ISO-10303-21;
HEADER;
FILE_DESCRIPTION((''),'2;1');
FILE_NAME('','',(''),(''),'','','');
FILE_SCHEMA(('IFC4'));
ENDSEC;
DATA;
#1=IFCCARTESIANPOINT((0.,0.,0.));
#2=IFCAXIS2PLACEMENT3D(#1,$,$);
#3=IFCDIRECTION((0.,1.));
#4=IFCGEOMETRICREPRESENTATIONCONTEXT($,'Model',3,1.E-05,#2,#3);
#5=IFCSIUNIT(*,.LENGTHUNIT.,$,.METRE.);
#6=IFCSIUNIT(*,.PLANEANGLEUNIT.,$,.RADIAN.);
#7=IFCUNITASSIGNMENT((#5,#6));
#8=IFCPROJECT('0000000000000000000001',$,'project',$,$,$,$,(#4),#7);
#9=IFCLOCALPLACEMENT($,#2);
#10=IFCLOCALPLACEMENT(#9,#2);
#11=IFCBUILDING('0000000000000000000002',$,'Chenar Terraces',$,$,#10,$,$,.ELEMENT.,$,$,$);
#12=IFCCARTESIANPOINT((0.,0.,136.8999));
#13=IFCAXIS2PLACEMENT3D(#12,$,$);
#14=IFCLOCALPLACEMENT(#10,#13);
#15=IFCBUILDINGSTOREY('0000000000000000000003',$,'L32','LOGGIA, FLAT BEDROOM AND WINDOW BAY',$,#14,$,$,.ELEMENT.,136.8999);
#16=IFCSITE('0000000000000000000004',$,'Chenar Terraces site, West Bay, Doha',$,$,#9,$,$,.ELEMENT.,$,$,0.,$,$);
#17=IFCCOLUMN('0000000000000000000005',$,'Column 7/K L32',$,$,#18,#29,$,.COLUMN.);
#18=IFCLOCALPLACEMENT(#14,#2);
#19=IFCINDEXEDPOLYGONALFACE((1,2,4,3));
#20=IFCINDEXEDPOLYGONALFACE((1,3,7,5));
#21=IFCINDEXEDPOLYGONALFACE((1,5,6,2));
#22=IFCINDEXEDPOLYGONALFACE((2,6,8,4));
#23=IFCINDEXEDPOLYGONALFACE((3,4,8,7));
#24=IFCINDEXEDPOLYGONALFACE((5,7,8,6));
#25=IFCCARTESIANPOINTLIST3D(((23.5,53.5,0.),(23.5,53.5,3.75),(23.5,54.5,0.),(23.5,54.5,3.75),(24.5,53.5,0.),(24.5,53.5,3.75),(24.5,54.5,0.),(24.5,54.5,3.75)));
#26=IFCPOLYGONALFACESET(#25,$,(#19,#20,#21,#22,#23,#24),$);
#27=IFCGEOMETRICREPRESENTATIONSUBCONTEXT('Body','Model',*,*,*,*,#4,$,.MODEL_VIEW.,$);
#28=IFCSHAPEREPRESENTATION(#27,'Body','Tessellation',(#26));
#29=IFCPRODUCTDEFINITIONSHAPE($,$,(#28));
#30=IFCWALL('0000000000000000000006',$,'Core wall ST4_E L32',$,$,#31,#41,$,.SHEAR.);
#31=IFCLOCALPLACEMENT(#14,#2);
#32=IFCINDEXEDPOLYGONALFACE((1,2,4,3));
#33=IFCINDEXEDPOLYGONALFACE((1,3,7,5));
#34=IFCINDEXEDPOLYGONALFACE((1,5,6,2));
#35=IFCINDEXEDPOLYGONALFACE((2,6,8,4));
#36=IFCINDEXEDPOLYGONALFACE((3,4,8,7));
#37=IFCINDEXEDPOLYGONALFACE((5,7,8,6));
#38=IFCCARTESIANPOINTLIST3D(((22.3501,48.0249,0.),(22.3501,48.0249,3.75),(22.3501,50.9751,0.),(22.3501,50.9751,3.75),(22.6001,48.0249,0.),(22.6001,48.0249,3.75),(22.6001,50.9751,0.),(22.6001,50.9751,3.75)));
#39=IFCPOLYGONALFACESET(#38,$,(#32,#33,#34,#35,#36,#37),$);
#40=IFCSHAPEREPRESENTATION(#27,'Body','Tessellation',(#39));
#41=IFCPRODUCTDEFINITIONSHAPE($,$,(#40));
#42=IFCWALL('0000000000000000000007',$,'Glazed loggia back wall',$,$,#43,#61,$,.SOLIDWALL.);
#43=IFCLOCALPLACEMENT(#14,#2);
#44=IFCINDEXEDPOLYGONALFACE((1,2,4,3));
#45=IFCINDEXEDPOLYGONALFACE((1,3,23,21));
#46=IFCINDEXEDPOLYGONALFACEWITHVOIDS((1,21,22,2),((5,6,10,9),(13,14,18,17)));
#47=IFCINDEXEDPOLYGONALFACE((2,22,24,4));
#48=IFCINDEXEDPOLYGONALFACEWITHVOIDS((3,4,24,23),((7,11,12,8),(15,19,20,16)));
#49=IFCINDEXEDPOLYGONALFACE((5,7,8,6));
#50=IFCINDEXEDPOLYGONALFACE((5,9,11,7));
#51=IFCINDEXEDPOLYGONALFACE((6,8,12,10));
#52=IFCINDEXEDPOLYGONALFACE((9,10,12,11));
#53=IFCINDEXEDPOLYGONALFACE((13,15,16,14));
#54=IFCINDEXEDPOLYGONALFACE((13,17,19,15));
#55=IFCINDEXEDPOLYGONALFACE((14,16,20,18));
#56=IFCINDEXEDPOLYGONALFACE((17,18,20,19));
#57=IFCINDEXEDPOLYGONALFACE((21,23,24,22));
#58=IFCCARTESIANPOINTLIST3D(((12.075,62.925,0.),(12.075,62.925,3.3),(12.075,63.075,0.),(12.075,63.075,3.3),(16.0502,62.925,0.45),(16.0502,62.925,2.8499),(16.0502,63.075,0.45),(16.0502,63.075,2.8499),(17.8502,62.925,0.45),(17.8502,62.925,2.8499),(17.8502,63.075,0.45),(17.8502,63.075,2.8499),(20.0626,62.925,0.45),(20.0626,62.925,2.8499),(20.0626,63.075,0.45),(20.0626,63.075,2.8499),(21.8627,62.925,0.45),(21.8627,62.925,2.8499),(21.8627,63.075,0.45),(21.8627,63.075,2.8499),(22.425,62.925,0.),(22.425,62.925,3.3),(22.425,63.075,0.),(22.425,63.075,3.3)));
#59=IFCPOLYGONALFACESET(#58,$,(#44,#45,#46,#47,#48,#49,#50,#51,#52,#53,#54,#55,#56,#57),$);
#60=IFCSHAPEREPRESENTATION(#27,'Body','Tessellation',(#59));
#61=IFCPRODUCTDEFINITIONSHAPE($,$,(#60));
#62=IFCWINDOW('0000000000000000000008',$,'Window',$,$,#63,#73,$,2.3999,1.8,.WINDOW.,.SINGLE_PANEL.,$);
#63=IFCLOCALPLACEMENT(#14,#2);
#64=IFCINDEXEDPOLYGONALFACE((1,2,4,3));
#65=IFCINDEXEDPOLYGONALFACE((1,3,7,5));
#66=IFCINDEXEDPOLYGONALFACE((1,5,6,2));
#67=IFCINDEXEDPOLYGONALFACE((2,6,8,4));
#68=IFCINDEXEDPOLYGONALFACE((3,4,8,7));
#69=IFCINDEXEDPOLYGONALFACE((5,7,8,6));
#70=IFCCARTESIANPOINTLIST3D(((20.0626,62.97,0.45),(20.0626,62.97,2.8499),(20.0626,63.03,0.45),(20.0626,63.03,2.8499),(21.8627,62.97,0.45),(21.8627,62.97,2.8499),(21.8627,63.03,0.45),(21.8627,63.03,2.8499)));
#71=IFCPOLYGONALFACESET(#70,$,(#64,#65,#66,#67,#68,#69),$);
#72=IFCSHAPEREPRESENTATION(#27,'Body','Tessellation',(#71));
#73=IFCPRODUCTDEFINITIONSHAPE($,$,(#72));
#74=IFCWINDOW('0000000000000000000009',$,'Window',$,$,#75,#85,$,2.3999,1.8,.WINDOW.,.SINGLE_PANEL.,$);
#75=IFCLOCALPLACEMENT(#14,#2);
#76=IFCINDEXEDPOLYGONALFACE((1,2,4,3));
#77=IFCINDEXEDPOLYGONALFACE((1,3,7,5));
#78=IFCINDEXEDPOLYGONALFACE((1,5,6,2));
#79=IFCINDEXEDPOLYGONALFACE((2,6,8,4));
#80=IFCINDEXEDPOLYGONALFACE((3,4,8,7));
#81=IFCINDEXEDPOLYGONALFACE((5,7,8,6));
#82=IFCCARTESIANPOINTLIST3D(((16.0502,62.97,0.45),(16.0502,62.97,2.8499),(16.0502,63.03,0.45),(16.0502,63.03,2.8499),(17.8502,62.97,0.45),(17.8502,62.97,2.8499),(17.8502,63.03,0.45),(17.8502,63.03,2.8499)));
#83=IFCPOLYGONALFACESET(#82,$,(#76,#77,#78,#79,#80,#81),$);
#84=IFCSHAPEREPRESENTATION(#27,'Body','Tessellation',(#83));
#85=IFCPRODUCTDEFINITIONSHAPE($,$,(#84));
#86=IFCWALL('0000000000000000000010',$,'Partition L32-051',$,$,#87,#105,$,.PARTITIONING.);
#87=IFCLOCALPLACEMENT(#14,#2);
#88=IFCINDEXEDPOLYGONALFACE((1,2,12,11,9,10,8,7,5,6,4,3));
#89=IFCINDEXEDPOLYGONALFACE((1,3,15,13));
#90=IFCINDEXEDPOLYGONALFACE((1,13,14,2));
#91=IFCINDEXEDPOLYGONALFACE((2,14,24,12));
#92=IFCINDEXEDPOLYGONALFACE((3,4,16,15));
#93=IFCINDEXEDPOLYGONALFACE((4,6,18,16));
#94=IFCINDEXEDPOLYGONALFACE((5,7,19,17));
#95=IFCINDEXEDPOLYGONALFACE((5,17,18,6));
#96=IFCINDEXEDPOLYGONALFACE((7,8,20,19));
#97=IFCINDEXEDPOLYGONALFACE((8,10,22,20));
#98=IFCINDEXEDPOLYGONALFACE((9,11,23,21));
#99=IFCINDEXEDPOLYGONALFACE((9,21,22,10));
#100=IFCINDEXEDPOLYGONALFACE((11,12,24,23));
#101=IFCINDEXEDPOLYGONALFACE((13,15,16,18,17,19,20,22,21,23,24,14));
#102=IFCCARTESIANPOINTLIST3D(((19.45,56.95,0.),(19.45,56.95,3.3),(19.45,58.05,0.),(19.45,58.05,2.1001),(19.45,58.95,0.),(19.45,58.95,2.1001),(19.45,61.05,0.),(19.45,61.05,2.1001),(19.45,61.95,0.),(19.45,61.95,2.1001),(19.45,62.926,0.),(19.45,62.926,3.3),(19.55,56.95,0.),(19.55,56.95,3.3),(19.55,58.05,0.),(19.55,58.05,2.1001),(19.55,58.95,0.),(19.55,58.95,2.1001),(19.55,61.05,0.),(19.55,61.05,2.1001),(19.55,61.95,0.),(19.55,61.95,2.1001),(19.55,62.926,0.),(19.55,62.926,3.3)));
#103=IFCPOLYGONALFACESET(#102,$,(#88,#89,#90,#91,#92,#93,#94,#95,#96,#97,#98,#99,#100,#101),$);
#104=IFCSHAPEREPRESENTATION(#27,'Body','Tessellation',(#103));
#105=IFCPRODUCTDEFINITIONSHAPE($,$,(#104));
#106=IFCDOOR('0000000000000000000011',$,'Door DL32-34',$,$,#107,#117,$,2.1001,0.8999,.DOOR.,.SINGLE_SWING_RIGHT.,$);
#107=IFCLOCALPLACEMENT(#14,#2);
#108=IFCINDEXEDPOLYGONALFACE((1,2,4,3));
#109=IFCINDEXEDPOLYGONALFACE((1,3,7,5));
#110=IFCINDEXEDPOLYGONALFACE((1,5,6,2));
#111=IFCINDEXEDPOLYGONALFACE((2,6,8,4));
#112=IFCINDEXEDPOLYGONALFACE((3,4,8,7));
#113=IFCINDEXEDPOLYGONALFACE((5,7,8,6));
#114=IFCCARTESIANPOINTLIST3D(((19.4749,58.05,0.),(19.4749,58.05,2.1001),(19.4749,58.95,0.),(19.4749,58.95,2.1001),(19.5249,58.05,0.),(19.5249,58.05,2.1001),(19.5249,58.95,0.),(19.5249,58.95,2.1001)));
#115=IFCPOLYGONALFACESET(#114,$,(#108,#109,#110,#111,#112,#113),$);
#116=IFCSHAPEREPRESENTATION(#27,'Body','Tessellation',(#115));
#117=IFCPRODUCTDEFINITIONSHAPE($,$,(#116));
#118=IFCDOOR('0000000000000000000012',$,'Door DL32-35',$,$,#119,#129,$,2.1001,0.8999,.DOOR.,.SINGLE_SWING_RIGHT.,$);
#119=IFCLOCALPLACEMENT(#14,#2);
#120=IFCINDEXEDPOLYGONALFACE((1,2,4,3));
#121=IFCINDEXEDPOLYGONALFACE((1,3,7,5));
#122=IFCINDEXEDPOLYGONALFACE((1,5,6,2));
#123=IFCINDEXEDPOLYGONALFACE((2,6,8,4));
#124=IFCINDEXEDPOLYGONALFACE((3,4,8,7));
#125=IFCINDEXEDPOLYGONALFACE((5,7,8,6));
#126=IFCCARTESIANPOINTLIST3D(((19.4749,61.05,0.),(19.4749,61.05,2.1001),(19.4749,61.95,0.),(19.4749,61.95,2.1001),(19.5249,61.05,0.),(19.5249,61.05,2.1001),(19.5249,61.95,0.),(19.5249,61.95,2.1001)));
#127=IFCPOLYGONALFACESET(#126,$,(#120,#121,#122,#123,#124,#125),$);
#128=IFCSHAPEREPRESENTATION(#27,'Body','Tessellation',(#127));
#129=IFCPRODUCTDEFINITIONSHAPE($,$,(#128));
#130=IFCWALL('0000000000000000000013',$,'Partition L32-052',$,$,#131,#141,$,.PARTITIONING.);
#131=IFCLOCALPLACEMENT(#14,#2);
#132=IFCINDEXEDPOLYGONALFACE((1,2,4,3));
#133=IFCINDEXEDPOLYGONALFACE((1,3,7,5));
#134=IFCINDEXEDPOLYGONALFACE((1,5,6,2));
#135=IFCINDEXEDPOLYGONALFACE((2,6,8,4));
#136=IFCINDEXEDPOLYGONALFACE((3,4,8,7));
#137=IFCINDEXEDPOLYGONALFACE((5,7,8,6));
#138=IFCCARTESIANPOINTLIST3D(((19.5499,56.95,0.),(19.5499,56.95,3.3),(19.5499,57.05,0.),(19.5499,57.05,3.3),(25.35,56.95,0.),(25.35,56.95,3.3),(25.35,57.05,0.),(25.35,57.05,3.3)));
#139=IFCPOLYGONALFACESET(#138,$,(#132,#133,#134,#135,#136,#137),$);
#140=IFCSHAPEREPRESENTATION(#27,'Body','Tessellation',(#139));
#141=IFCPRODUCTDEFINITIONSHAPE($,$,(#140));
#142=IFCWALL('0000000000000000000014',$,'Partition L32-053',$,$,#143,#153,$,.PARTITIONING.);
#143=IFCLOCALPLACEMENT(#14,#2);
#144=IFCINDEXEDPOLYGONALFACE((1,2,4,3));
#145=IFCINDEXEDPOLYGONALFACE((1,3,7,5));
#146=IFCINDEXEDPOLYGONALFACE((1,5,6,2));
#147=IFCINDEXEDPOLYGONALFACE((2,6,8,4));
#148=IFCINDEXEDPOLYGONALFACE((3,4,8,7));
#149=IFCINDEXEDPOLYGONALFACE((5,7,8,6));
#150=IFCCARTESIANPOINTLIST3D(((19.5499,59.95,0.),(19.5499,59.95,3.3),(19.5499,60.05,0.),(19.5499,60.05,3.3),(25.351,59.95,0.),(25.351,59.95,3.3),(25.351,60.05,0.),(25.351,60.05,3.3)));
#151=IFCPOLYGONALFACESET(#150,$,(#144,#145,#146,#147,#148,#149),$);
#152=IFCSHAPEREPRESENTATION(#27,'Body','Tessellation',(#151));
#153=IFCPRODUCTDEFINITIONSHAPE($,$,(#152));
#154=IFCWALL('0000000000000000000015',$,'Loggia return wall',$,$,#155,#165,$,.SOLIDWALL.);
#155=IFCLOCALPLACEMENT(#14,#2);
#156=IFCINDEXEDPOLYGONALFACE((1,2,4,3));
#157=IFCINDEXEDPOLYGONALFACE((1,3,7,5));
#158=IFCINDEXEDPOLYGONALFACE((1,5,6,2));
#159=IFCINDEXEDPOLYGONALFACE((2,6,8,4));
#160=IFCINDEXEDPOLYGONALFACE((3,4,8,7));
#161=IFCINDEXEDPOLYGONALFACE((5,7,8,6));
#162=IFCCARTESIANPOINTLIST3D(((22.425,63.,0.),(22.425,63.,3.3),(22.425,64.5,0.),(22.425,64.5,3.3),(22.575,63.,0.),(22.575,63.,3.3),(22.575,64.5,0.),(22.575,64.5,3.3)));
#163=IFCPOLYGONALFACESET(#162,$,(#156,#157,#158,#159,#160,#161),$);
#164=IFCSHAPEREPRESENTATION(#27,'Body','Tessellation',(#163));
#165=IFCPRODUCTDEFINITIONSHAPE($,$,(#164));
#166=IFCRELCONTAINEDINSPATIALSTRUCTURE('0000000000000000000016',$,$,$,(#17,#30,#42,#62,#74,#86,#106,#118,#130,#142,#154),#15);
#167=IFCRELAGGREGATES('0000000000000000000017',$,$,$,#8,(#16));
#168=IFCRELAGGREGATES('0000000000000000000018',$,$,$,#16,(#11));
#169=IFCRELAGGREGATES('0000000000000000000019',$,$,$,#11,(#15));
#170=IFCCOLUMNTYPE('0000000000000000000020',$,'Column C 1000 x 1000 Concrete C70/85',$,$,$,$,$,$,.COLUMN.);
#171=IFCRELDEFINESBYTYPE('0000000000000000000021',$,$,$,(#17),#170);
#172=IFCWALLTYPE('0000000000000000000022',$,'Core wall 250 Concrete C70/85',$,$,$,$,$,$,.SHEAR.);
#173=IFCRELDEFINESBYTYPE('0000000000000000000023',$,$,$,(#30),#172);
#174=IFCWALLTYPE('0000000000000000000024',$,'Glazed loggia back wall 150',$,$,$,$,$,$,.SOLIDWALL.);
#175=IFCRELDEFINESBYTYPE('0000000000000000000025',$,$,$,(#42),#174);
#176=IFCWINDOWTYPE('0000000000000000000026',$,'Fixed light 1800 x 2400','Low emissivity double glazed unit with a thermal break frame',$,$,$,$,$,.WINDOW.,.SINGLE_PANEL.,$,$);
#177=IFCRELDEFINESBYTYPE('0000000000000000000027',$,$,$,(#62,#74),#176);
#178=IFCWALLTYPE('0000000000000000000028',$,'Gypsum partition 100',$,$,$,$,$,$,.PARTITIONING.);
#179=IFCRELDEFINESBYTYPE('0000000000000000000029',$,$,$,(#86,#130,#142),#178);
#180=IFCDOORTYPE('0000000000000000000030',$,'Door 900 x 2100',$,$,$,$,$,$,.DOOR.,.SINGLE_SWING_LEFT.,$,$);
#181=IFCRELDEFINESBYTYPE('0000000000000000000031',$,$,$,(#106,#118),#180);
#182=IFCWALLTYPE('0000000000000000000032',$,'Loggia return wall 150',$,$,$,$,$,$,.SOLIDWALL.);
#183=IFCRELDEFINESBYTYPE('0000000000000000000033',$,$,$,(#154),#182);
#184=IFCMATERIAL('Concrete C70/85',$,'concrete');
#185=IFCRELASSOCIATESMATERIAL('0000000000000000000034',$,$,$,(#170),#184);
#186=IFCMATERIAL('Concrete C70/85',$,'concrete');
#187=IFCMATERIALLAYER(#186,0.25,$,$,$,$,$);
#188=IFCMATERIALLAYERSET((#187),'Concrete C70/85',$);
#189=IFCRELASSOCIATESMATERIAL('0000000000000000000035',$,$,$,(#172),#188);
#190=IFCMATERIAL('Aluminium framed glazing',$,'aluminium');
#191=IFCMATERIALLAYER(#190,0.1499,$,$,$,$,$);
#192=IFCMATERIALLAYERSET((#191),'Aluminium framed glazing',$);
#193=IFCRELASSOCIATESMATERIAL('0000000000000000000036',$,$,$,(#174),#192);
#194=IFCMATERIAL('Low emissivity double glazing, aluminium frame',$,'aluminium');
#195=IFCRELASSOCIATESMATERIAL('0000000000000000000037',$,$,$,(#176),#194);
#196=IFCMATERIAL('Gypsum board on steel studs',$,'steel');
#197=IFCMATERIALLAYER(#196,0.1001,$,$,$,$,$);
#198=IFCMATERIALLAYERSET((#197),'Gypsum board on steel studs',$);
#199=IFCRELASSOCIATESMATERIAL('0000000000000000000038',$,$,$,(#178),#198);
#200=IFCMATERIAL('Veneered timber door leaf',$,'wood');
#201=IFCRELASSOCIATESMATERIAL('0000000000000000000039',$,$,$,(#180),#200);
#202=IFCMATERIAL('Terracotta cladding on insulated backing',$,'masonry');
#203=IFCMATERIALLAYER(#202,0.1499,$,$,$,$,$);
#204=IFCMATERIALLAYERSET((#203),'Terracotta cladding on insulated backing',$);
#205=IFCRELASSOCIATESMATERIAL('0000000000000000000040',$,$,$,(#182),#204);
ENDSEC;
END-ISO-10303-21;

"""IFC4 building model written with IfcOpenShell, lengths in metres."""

from ifc_helpers import new_model, si_unit, direction, frame, frame_2d, origin, origin_2d, place, context, subcontext, project, spatial, rectangle, extrude, material, layer, layer_set, material_profile, profile_set, type_object, element, fill, save


model = new_model("IFC4")

# Units and contexts
model_context = context("Model", 3, precision=1e-05, world=origin(), true_north=direction((0.0, 1.0)))
body_context = subcontext(model_context, "Body", "Model", "MODEL_VIEW")
ifc_project = project(units=[si_unit("LENGTHUNIT", "METRE"), si_unit("PLANEANGLEUNIT", "RADIAN")], contexts=[model_context])

# Site, building, storey
site_placement = place(None, origin())
site = spatial("IfcSite", under=ifc_project, at=site_placement, Name="Chenar Terraces site, West Bay, Doha", CompositionType="ELEMENT", RefElevation=0.0)
building_placement = place(site_placement, origin())
building = spatial("IfcBuilding", under=site, at=building_placement, Name="Chenar Terraces", CompositionType="ELEMENT")
storey_placement = place(building_placement, frame((0.0, 0.0, 136.8999)))
storey = spatial("IfcBuildingStorey", under=building, at=storey_placement, Name="L32", Description="LOGGIA, FLAT BEDROOM AND WINDOW BAY", CompositionType="ELEMENT", Elevation=136.8999)

# Column
ifc_material_1 = material(Name="Concrete C70/85", Category="concrete")
ifc_material_profile = material_profile(ifc_material_1, rectangle(XDim=1.0, YDim=1.0, at=origin_2d()), Name="C 1000 x 1000")
ifc_profile_set = profile_set([ifc_material_profile], Name="Concrete C70/85")
column_type = type_object("IfcColumnType", Name="Column C 1000 x 1000 Concrete C70/85", PredefinedType="COLUMN", material=ifc_profile_set)
column_placement = place(storey_placement, frame((24.0, 54.0, 0.0), z_axis=(0.0, 0.0, 1.0), x_axis=(1.0, 0.0, 0.0)))
element("IfcColumn", 1, at=column_placement, inside=storey, type_object=column_type, Name="Column 7/K L32", PredefinedType="COLUMN", context=body_context, shape_type="SweptSolid", body=[
    extrude(rectangle(XDim=1.0, YDim=1.0, at=origin_2d()), origin(), (0.0, 0.0, 1.0), 3.75),
])

# Wall
ifc_material_2 = material(Name="Concrete C70/85", Category="concrete")
ifc_layer_1 = layer(ifc_material_2, 0.25)
ifc_layer_set_1 = layer_set([ifc_layer_1], Name="Concrete C70/85")
wall_type_1 = type_object("IfcWallType", Name="Core wall 250 Concrete C70/85", PredefinedType="SHEAR", material=ifc_layer_set_1)
wall_1_placement = place(storey_placement, frame((22.4751, 48.0249, 0.0), z_axis=(0.0, 0.0, 1.0), x_axis=(0.0, 1.0, 0.0)))
element("IfcWall", 2, at=wall_1_placement, inside=storey, type_object=wall_type_1, Name="Core wall ST4_E L32", PredefinedType="SHEAR", context=body_context, shape_type="SweptSolid", body=[
    extrude(rectangle(XDim=2.9502, YDim=0.25, at=frame_2d((1.4751, 0.0))), origin(), (0.0, 0.0, 1.0), 3.75),
])

# Wall, openings, windows
ifc_material_3 = material(Name="Aluminium framed glazing", Category="aluminium")
ifc_layer_2 = layer(ifc_material_3, 0.1499)
ifc_layer_set_2 = layer_set([ifc_layer_2], Name="Aluminium framed glazing")
wall_type_2 = type_object("IfcWallType", Name="Glazed loggia back wall 150", PredefinedType="SOLIDWALL", material=ifc_layer_set_2)
wall_2_placement = place(storey_placement, frame((22.425, 63.0, 0.0), z_axis=(0.0, 0.0, 1.0), x_axis=(-1.0, 0.0, 0.0)))
wall_2 = element("IfcWall", 3, at=wall_2_placement, inside=storey, type_object=wall_type_2, Name="Glazed loggia back wall", PredefinedType="SOLIDWALL", context=body_context, shape_type="SweptSolid", body=[
    extrude(rectangle(XDim=10.3501, YDim=0.1499, at=frame_2d((5.175, 0.0))), origin(), (0.0, 0.0, 1.0), 3.3),
])
opening_1_placement = place(wall_2_placement, frame((0.5625, 0.0, 0.45)))
opening_1 = element("IfcOpeningElement", 4, at=opening_1_placement, cuts=wall_2, PredefinedType="OPENING", context=body_context, shape_type="SweptSolid", body=[
    extrude(rectangle(XDim=1.8, YDim=2.3999, at=frame_2d((0.8999, 1.2))), frame((0.0, 0.085, 0.0), z_axis=(0.0, -1.0, 0.0), x_axis=(1.0, 0.0, 0.0)), (0.0, 0.0, 1.0), 0.1699),
])
opening_2_placement = place(wall_2_placement, frame((4.575, 0.0, 0.45)))
opening_2 = element("IfcOpeningElement", 5, at=opening_2_placement, cuts=wall_2, PredefinedType="OPENING", context=body_context, shape_type="SweptSolid", body=[
    extrude(rectangle(XDim=1.8, YDim=2.3999, at=frame_2d((0.8999, 1.2))), frame((0.0, 0.085, 0.0), z_axis=(0.0, -1.0, 0.0), x_axis=(1.0, 0.0, 0.0)), (0.0, 0.0, 1.0), 0.1699),
])
ifc_material_4 = material(Name="Low emissivity double glazing, aluminium frame", Category="aluminium")
window_type = type_object("IfcWindowType", Name="Fixed light 1800 x 2400", Description="Low emissivity double glazed unit with a thermal break frame", PartitioningType="SINGLE_PANEL", PredefinedType="WINDOW", material=ifc_material_4)
window_1_placement = place(opening_1_placement, origin())
window_1 = element("IfcWindow", 6, at=window_1_placement, inside=storey, type_object=window_type, Name="Window", OverallHeight=2.3999, OverallWidth=1.8, PartitioningType="SINGLE_PANEL", PredefinedType="WINDOW", context=body_context, shape_type="SweptSolid", body=[
    extrude(rectangle(XDim=1.8, YDim=2.3999, at=frame_2d((0.8999, 1.2))), frame((0.0, 0.03, 0.0), z_axis=(0.0, -1.0, 0.0), x_axis=(1.0, 0.0, 0.0)), (0.0, 0.0, 1.0), 0.0601),
])
fill(opening_1, window_1)
window_2_placement = place(opening_2_placement, origin())
window_2 = element("IfcWindow", 7, at=window_2_placement, inside=storey, type_object=window_type, Name="Window", OverallHeight=2.3999, OverallWidth=1.8, PartitioningType="SINGLE_PANEL", PredefinedType="WINDOW", context=body_context, shape_type="SweptSolid", body=[
    extrude(rectangle(XDim=1.8, YDim=2.3999, at=frame_2d((0.8999, 1.2))), frame((0.0, 0.03, 0.0), z_axis=(0.0, -1.0, 0.0), x_axis=(1.0, 0.0, 0.0)), (0.0, 0.0, 1.0), 0.0601),
])
fill(opening_2, window_2)

# Wall, openings, doors
ifc_material_5 = material(Name="Gypsum board on steel studs", Category="steel")
ifc_layer_3 = layer(ifc_material_5, 0.1001)
ifc_layer_set_3 = layer_set([ifc_layer_3], Name="Gypsum board on steel studs")
wall_type_3 = type_object("IfcWallType", Name="Gypsum partition 100", PredefinedType="PARTITIONING", material=ifc_layer_set_3)
wall_3_placement = place(storey_placement, frame((19.5, 56.95, 0.0), z_axis=(0.0, 0.0, 1.0), x_axis=(0.0, 1.0, 0.0)))
wall_3 = element("IfcWall", 8, at=wall_3_placement, inside=storey, type_object=wall_type_3, Name="Partition L32-051", PredefinedType="PARTITIONING", context=body_context, shape_type="SweptSolid", body=[
    extrude(rectangle(XDim=5.9761, YDim=0.1001, at=frame_2d((2.988, 0.0))), origin(), (0.0, 0.0, 1.0), 3.3),
])
opening_3_placement = place(wall_3_placement, frame((1.1001, 0.0, 0.0)))
opening_3 = element("IfcOpeningElement", 9, at=opening_3_placement, cuts=wall_3, PredefinedType="OPENING", context=body_context, shape_type="SweptSolid", body=[
    extrude(rectangle(XDim=0.8999, YDim=2.1001, at=frame_2d((0.45, 1.05))), frame((0.0, 0.0601, 0.0), z_axis=(0.0, -1.0, 0.0), x_axis=(1.0, 0.0, 0.0)), (0.0, 0.0, 1.0), 0.1201),
])
opening_4_placement = place(wall_3_placement, frame((4.1001, 0.0, 0.0)))
opening_4 = element("IfcOpeningElement", 10, at=opening_4_placement, cuts=wall_3, PredefinedType="OPENING", context=body_context, shape_type="SweptSolid", body=[
    extrude(rectangle(XDim=0.8999, YDim=2.1001, at=frame_2d((0.45, 1.05))), frame((0.0, 0.0601, 0.0), z_axis=(0.0, -1.0, 0.0), x_axis=(1.0, 0.0, 0.0)), (0.0, 0.0, 1.0), 0.1201),
])
ifc_material_6 = material(Name="Veneered timber door leaf", Category="wood")
door_type_1 = type_object("IfcDoorType", Name="Door 900 x 2100", OperationType="SINGLE_SWING_LEFT", PredefinedType="DOOR", material=ifc_material_6)
door_1_placement = place(opening_3_placement, frame((0.8999, 0.0, 0.0), z_axis=(0.0, 0.0, 1.0), x_axis=(-1.0, 0.0, 0.0)))
door_1 = element("IfcDoor", 11, at=door_1_placement, inside=storey, type_object=door_type_1, Name="Door DL32-34", OperationType="SINGLE_SWING_RIGHT", OverallHeight=2.1001, OverallWidth=0.8999, PredefinedType="DOOR", context=body_context, shape_type="SweptSolid", body=[
    extrude(rectangle(XDim=0.8999, YDim=2.1001, at=frame_2d((0.45, 1.05))), frame((0.0, 0.0249, 0.0), z_axis=(0.0, -1.0, 0.0), x_axis=(1.0, 0.0, 0.0)), (0.0, 0.0, 1.0), 0.05),
])
fill(opening_3, door_1)
door_2_placement = place(opening_4_placement, frame((0.8999, 0.0, 0.0), z_axis=(0.0, 0.0, 1.0), x_axis=(-1.0, 0.0, 0.0)))
door_2 = element("IfcDoor", 12, at=door_2_placement, inside=storey, type_object=door_type_1, Name="Door DL32-35", OperationType="SINGLE_SWING_RIGHT", OverallHeight=2.1001, OverallWidth=0.8999, PredefinedType="DOOR", context=body_context, shape_type="SweptSolid", body=[
    extrude(rectangle(XDim=0.8999, YDim=2.1001, at=frame_2d((0.45, 1.05))), frame((0.0, 0.0249, 0.0), z_axis=(0.0, -1.0, 0.0), x_axis=(1.0, 0.0, 0.0)), (0.0, 0.0, 1.0), 0.05),
])
fill(opening_4, door_2)

# Walls
wall_4_placement = place(storey_placement, frame((19.55, 57.0, 0.0), z_axis=(0.0, 0.0, 1.0), x_axis=(1.0, 0.0, 0.0)))
element("IfcWall", 13, at=wall_4_placement, inside=storey, type_object=wall_type_3, Name="Partition L32-052", PredefinedType="PARTITIONING", context=body_context, shape_type="SweptSolid", body=[
    extrude(rectangle(XDim=5.8, YDim=0.1001, at=frame_2d((2.8999, 0.0))), origin(), (0.0, 0.0, 1.0), 3.3),
])
wall_5_placement = place(storey_placement, frame((19.55, 60.0, 0.0), z_axis=(0.0, 0.0, 1.0), x_axis=(1.0, 0.0, 0.0)))
element("IfcWall", 14, at=wall_5_placement, inside=storey, type_object=wall_type_3, Name="Partition L32-053", PredefinedType="PARTITIONING", context=body_context, shape_type="SweptSolid", body=[
    extrude(rectangle(XDim=5.801, YDim=0.1001, at=frame_2d((2.9004, 0.0))), origin(), (0.0, 0.0, 1.0), 3.3),
])
ifc_material_7 = material(Name="Terracotta cladding on insulated backing", Category="masonry")
ifc_layer_4 = layer(ifc_material_7, 0.1499)
ifc_layer_set_4 = layer_set([ifc_layer_4], Name="Terracotta cladding on insulated backing")
wall_type_4 = type_object("IfcWallType", Name="Loggia return wall 150", PredefinedType="SOLIDWALL", material=ifc_layer_set_4)
wall_6_placement = place(storey_placement, frame((22.5, 64.5, 0.0), z_axis=(0.0, 0.0, 1.0), x_axis=(0.0, -1.0, 0.0)))
element("IfcWall", 15, at=wall_6_placement, inside=storey, type_object=wall_type_4, Name="Loggia return wall", PredefinedType="SOLIDWALL", context=body_context, shape_type="SweptSolid", body=[
    extrude(rectangle(XDim=1.5, YDim=0.1499, at=frame_2d((0.75, 0.0))), origin(), (0.0, 0.0, 1.0), 3.3),
])

save(model, "model.ifc")
